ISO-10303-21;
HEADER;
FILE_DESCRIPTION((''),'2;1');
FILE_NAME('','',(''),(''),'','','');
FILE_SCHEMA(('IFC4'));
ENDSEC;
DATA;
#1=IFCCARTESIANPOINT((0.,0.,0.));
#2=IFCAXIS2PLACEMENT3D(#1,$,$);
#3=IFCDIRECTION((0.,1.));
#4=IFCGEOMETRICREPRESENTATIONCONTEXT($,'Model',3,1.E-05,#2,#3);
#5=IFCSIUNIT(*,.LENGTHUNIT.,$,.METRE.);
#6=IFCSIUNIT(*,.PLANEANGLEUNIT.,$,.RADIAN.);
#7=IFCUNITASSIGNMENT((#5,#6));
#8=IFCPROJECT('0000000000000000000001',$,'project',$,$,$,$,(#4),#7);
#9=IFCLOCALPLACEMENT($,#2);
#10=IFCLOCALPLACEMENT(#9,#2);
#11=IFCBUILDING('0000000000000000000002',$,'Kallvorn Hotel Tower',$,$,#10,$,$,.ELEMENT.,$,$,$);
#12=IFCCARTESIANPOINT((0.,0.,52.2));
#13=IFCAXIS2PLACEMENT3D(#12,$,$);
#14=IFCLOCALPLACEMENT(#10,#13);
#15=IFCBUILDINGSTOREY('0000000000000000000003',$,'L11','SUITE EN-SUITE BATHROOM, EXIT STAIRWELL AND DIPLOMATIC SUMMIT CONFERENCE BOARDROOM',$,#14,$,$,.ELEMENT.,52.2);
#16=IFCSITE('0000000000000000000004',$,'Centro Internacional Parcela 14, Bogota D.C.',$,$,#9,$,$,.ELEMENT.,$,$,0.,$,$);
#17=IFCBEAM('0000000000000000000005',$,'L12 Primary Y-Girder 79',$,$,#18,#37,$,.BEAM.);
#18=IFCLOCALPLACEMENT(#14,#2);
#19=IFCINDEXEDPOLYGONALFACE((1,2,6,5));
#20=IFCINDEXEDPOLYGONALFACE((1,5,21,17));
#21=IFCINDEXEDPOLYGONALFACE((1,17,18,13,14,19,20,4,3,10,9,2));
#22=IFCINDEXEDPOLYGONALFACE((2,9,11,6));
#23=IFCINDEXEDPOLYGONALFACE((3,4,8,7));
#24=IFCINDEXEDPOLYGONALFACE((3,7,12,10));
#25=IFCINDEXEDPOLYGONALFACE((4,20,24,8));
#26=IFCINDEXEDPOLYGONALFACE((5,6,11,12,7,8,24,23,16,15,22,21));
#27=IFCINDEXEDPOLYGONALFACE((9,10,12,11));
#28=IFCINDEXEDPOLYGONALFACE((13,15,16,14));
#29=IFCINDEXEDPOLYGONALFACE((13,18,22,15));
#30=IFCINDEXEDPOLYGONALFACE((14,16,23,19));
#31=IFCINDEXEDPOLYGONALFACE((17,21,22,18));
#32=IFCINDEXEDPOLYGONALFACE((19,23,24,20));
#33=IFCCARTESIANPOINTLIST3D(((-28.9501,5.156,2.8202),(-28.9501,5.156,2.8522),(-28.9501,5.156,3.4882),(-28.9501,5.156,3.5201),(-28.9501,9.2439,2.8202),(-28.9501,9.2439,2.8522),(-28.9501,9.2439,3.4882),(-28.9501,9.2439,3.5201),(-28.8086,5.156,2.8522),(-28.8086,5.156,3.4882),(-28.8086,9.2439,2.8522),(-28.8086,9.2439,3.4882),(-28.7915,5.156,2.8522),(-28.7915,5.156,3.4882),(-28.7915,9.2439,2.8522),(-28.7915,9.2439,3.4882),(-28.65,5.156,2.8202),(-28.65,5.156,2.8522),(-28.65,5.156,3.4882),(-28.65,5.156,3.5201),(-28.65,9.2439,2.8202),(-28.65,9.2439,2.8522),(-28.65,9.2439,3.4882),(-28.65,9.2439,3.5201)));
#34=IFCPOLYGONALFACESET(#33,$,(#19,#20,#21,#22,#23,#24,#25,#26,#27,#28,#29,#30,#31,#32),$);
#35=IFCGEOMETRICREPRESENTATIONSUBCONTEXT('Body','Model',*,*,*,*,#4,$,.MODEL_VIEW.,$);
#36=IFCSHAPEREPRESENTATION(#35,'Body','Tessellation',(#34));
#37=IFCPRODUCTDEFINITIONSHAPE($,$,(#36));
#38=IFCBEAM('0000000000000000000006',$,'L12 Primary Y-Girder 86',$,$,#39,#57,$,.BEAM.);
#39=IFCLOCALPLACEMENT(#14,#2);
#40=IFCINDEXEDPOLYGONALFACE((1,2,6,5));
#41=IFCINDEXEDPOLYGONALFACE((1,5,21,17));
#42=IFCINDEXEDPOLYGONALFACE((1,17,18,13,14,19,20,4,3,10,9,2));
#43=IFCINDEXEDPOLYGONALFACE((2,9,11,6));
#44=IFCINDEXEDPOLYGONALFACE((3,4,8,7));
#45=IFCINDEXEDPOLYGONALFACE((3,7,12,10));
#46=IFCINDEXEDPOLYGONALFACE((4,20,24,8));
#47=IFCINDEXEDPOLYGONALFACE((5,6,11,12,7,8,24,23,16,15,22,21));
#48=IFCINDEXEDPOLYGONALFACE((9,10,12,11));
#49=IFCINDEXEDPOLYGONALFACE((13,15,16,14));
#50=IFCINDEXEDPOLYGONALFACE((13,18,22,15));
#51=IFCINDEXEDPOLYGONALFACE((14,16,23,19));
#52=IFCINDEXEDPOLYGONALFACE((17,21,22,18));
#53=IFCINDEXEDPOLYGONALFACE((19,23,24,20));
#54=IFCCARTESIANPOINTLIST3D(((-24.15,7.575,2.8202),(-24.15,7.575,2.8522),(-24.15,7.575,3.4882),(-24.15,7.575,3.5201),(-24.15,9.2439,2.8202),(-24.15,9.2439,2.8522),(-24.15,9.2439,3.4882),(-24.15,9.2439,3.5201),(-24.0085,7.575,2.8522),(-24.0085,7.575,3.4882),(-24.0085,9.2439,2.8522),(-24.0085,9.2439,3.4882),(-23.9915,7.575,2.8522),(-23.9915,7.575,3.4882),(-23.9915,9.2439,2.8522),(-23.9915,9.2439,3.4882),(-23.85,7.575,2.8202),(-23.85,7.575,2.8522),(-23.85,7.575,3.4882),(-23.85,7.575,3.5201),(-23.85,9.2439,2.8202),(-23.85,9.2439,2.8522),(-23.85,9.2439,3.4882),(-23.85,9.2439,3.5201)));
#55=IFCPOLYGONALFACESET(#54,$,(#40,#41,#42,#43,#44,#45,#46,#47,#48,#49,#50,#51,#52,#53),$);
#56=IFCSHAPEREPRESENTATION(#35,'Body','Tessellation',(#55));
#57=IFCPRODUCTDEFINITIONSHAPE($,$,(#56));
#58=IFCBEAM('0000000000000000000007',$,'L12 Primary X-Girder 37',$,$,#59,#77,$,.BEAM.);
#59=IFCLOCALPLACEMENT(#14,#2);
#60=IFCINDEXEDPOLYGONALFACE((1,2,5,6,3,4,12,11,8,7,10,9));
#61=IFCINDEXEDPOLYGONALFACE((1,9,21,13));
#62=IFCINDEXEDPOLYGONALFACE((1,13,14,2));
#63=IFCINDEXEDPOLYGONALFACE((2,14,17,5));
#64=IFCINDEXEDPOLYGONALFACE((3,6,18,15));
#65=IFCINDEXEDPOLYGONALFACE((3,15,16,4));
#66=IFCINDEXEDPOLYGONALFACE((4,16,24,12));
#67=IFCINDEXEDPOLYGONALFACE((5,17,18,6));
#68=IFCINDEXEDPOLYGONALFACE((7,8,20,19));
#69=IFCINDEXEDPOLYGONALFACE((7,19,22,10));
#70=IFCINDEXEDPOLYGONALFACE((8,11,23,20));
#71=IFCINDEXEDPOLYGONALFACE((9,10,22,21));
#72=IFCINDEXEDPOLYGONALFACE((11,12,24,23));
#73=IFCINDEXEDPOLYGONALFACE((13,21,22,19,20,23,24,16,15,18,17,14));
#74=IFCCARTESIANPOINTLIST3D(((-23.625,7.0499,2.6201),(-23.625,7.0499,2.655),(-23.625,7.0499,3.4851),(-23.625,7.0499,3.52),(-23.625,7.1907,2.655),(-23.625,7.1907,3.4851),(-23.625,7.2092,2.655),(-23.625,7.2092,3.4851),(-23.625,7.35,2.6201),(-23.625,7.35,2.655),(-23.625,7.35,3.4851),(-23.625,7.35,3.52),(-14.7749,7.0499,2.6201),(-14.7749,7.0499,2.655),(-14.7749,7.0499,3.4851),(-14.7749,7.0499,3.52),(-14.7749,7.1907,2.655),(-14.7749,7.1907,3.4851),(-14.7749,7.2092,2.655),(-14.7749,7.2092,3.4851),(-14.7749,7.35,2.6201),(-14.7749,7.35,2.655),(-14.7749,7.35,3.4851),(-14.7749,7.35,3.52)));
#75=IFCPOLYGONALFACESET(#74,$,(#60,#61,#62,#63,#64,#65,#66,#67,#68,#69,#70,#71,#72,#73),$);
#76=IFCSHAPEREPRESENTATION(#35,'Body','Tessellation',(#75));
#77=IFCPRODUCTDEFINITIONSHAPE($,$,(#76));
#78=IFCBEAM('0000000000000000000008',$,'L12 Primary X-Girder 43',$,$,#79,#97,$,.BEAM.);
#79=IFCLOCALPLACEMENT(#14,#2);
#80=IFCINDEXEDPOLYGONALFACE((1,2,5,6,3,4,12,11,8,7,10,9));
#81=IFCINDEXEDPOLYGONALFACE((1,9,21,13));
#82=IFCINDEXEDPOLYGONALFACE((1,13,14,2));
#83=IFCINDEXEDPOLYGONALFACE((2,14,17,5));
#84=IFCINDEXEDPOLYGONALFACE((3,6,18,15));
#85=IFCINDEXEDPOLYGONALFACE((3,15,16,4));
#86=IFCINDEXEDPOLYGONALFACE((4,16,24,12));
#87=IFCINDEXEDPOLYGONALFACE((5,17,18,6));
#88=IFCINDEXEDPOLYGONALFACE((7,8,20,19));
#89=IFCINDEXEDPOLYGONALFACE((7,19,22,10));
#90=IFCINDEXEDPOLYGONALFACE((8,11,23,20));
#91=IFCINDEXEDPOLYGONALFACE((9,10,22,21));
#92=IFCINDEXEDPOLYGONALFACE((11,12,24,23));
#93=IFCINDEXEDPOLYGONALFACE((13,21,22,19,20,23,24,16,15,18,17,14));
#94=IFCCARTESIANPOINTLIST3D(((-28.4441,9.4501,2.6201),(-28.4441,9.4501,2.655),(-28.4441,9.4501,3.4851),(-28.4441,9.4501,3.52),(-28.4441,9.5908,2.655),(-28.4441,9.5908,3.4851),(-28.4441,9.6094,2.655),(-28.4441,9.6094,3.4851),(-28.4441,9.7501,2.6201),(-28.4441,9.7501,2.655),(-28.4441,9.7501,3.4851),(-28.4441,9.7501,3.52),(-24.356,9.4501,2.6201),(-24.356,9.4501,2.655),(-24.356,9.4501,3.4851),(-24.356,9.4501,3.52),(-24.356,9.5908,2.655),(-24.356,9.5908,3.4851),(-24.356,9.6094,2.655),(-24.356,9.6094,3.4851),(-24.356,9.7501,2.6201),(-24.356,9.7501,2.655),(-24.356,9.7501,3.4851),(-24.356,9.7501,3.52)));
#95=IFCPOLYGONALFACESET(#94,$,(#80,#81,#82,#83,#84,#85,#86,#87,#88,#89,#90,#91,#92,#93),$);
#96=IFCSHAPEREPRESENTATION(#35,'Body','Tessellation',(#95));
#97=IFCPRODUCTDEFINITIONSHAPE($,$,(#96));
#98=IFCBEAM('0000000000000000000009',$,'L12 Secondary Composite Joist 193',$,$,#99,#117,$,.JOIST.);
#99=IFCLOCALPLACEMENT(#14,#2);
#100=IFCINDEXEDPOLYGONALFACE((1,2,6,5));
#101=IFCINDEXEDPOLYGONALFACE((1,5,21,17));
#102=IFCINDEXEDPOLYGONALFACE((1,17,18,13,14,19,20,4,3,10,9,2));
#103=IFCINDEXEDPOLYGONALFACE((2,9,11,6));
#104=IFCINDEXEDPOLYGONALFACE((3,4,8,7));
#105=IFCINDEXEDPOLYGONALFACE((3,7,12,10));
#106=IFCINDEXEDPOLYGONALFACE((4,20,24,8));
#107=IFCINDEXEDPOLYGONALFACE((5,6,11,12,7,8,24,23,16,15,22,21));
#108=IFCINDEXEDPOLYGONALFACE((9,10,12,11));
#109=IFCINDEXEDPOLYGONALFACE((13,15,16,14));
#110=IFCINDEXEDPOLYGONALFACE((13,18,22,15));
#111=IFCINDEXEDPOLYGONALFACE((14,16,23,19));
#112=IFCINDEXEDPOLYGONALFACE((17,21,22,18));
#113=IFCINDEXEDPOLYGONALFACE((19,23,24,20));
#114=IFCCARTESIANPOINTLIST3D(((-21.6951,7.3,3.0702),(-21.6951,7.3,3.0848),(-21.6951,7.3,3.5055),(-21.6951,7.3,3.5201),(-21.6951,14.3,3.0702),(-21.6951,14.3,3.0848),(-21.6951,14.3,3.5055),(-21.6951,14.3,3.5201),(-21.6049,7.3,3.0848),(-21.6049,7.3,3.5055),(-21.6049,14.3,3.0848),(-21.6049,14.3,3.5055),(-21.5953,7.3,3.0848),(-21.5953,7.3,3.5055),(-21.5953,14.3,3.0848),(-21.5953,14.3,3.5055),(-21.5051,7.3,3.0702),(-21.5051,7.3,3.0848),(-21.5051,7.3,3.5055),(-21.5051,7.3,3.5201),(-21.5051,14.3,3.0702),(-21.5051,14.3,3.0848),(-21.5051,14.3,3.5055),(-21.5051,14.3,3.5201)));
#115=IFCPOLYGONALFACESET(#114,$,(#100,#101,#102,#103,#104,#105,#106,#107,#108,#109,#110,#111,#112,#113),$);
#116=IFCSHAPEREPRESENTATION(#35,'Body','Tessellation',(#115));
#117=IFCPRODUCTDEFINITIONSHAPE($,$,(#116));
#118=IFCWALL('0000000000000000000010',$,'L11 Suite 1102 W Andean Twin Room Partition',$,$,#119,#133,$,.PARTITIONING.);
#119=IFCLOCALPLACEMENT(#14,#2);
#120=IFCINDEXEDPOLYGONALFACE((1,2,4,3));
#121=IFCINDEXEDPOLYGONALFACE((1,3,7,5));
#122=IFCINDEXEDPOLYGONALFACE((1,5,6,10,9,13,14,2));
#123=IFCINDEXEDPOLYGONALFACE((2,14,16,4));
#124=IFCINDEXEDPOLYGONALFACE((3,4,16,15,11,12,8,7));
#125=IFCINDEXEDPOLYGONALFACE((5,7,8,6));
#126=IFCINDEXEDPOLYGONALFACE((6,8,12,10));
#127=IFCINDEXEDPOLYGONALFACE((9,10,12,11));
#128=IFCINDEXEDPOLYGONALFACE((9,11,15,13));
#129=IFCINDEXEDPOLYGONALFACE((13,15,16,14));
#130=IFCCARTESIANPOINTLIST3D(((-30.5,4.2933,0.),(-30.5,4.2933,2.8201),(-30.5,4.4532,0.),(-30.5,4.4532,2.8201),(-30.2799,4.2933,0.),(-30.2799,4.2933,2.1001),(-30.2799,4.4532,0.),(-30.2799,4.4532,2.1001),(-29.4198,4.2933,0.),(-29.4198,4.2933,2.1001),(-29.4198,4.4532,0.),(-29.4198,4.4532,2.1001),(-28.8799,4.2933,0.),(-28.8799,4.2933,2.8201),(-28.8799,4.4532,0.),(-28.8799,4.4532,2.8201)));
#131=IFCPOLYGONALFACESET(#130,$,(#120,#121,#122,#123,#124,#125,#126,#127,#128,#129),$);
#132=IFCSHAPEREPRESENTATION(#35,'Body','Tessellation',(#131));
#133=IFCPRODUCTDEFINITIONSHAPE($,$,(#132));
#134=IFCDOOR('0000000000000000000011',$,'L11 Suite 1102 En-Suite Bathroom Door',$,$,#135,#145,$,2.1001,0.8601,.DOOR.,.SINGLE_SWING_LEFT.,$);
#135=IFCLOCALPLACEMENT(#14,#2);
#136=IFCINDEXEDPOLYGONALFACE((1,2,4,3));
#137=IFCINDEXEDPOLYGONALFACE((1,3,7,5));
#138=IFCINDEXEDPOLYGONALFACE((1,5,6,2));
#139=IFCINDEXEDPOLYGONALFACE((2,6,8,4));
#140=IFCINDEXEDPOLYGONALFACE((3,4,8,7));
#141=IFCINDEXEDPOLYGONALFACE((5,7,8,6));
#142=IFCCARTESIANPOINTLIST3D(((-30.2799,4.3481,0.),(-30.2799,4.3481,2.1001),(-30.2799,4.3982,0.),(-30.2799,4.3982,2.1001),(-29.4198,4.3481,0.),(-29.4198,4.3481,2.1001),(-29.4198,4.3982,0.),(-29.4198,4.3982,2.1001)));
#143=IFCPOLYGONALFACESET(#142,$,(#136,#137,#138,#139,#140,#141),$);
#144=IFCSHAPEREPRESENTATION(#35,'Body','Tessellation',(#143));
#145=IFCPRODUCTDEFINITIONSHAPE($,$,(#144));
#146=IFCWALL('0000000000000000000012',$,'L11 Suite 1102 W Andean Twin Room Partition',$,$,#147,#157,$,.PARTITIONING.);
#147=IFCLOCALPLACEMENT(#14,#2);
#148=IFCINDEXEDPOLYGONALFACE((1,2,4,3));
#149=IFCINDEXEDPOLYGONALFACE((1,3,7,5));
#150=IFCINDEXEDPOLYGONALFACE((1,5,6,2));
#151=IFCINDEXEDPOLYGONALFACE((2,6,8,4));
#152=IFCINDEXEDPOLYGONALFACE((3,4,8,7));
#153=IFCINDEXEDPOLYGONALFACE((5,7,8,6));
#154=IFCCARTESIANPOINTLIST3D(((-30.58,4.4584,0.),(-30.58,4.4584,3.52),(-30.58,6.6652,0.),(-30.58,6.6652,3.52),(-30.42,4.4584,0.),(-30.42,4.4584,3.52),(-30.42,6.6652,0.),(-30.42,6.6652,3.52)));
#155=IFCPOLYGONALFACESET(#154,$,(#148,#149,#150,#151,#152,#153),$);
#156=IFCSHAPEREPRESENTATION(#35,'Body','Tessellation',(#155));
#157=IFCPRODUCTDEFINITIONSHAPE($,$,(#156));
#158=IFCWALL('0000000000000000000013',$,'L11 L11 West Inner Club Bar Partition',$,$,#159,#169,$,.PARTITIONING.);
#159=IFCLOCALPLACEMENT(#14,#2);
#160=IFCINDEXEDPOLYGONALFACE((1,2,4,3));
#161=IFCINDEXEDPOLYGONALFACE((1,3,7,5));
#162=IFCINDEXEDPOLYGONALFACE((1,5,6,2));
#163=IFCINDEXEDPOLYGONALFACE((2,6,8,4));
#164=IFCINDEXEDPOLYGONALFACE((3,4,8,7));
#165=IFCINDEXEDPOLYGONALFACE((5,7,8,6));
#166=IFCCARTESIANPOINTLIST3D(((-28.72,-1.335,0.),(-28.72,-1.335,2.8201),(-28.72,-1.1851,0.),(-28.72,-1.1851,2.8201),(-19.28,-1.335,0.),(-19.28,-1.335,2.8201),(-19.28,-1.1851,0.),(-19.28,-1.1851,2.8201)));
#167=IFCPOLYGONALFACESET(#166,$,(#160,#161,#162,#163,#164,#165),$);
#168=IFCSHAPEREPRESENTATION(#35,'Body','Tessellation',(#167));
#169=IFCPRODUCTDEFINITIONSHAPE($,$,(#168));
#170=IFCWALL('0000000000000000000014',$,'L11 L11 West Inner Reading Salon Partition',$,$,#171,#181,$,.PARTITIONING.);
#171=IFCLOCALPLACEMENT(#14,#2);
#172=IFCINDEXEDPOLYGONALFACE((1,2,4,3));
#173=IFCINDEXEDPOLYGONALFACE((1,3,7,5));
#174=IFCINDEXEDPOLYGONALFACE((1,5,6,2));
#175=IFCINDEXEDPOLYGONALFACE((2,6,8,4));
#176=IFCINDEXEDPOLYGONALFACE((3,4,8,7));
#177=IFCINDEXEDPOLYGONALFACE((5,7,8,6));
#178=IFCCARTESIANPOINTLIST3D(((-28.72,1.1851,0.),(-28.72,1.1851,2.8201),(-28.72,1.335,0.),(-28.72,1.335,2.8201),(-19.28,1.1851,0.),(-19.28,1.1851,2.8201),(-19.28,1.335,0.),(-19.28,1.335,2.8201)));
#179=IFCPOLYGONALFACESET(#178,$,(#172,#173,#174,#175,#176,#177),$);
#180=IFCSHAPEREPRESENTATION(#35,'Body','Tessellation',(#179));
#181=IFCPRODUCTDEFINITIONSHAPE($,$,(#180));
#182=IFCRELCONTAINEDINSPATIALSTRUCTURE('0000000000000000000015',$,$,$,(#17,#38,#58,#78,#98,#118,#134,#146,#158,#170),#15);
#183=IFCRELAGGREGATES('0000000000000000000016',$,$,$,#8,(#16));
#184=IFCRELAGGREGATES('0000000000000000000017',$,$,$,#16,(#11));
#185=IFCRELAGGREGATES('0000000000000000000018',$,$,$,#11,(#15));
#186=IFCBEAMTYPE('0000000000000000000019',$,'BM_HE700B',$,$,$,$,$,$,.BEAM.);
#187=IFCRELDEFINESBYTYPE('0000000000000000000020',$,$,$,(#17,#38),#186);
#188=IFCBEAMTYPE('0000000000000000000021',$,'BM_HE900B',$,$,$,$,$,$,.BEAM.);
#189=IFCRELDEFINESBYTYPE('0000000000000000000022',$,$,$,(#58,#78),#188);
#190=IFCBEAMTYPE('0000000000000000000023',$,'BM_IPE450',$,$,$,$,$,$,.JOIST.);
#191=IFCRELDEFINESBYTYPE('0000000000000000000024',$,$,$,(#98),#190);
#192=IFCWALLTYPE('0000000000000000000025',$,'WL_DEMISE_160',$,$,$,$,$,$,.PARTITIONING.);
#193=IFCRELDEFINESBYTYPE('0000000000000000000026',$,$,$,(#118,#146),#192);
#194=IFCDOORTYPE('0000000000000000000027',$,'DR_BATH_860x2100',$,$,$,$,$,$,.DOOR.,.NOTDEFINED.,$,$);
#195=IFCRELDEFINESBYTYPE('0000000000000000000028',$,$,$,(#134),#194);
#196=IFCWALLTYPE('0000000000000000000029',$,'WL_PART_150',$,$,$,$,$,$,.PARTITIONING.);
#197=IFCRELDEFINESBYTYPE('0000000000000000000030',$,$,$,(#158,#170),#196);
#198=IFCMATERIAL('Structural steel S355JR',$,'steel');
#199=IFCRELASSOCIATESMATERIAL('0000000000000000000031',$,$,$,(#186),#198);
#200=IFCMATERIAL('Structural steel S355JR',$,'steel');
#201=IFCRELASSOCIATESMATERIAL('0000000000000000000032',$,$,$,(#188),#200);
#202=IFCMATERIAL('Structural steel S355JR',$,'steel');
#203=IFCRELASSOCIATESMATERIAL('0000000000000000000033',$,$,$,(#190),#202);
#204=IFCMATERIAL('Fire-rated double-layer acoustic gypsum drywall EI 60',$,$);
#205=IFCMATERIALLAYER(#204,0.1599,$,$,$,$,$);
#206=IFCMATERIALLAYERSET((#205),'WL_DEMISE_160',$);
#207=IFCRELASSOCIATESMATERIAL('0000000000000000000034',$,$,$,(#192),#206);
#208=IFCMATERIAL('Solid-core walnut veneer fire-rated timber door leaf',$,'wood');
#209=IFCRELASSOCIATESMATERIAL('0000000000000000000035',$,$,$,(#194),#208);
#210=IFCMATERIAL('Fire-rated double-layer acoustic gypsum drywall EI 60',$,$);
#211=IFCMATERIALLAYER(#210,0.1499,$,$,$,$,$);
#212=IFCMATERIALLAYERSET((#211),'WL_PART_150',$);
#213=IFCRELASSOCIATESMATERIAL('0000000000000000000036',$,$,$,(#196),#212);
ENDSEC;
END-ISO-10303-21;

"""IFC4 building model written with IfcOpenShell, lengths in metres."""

from ifc_helpers import new_model, si_unit, direction, frame, frame_2d, origin, origin_2d, place, context, subcontext, project, spatial, rectangle, i_section, extrude, material, layer, layer_set, material_profile, profile_set, type_object, element, fill, save


model = new_model("IFC4")

# Units and contexts
model_context = context("Model", 3, precision=1e-05, world=origin(), true_north=direction((0.0, 1.0)))
body_context = subcontext(model_context, "Body", "Model", "MODEL_VIEW")
ifc_project = project(units=[si_unit("LENGTHUNIT", "METRE"), si_unit("PLANEANGLEUNIT", "RADIAN")], contexts=[model_context])

# Site, building, storey
site_placement = place(None, origin())
site = spatial("IfcSite", under=ifc_project, at=site_placement, Name="Centro Internacional Parcela 14, Bogota D.C.", CompositionType="ELEMENT", RefElevation=0.0)
building_placement = place(site_placement, origin())
building = spatial("IfcBuilding", under=site, at=building_placement, Name="Kallvorn Hotel Tower", CompositionType="ELEMENT")
storey_placement = place(building_placement, frame((0.0, 0.0, 52.2)))
storey = spatial("IfcBuildingStorey", under=building, at=storey_placement, Name="L11", Description="SUITE EN-SUITE BATHROOM, EXIT STAIRWELL AND DIPLOMATIC SUMMIT CONFERENCE BOARDROOM", CompositionType="ELEMENT", Elevation=52.2)

# Beams
ifc_material_1 = material(Name="Structural steel S355JR", Category="steel")
ifc_material_profile_1 = material_profile(ifc_material_1, i_section(OverallWidth=0.3, OverallDepth=0.7, WebThickness=0.0171, FlangeThickness=0.032, at=origin_2d()), Name="HE 700 B")
ifc_profile_set_1 = profile_set([ifc_material_profile_1], Name="Structural steel S355JR")
beam_type_1 = type_object("IfcBeamType", Name="BM_HE700B", PredefinedType="BEAM", material=ifc_profile_set_1)
beam_1_placement = place(storey_placement, frame((-28.8, 5.156, 3.1702), z_axis=(0.0, 1.0, 0.0), x_axis=(-1.0, 0.0, 0.0)))
element("IfcBeam", 1, at=beam_1_placement, inside=storey, type_object=beam_type_1, Name="L12 Primary Y-Girder 79", PredefinedType="BEAM", context=body_context, shape_type="SweptSolid", body=[
    extrude(i_section(OverallWidth=0.3, OverallDepth=0.7, WebThickness=0.0171, FlangeThickness=0.032, at=origin_2d()), origin(), (0.0, 0.0, 1.0), 4.0879),
])
beam_2_placement = place(storey_placement, frame((-24.0, 7.575, 3.1702), z_axis=(0.0, 1.0, 0.0), x_axis=(-1.0, 0.0, 0.0)))
element("IfcBeam", 2, at=beam_2_placement, inside=storey, type_object=beam_type_1, Name="L12 Primary Y-Girder 86", PredefinedType="BEAM", context=body_context, shape_type="SweptSolid", body=[
    extrude(i_section(OverallWidth=0.3, OverallDepth=0.7, WebThickness=0.0171, FlangeThickness=0.032, at=origin_2d()), origin(), (0.0, 0.0, 1.0), 1.6689),
])
ifc_material_2 = material(Name="Structural steel S355JR", Category="steel")
ifc_material_profile_2 = material_profile(ifc_material_2, i_section(OverallWidth=0.3, OverallDepth=0.8999, WebThickness=0.0186, FlangeThickness=0.0349, at=origin_2d()), Name="HE 900 B")
ifc_profile_set_2 = profile_set([ifc_material_profile_2], Name="Structural steel S355JR")
beam_type_2 = type_object("IfcBeamType", Name="BM_HE900B", PredefinedType="BEAM", material=ifc_profile_set_2)
beam_3_placement = place(storey_placement, frame((-23.625, 7.2, 3.0701), z_axis=(1.0, 0.0, 0.0), x_axis=(0.0, 1.0, 0.0)))
element("IfcBeam", 3, at=beam_3_placement, inside=storey, type_object=beam_type_2, Name="L12 Primary X-Girder 37", PredefinedType="BEAM", context=body_context, shape_type="SweptSolid", body=[
    extrude(i_section(OverallWidth=0.3, OverallDepth=0.8999, WebThickness=0.0186, FlangeThickness=0.0349, at=origin_2d()), origin(), (0.0, 0.0, 1.0), 8.8501),
])
beam_4_placement = place(storey_placement, frame((-28.4441, 9.6001, 3.0701), z_axis=(1.0, 0.0, 0.0), x_axis=(0.0, 1.0, 0.0)))
element("IfcBeam", 4, at=beam_4_placement, inside=storey, type_object=beam_type_2, Name="L12 Primary X-Girder 43", PredefinedType="BEAM", context=body_context, shape_type="SweptSolid", body=[
    extrude(i_section(OverallWidth=0.3, OverallDepth=0.8999, WebThickness=0.0186, FlangeThickness=0.0349, at=origin_2d()), origin(), (0.0, 0.0, 1.0), 4.0881),
])
ifc_material_3 = material(Name="Structural steel S355JR", Category="steel")
ifc_material_profile_3 = material_profile(ifc_material_3, i_section(OverallWidth=0.1899, OverallDepth=0.45, WebThickness=0.0095, FlangeThickness=0.0146, at=origin_2d()), Name="IPE 450")
ifc_profile_set_3 = profile_set([ifc_material_profile_3], Name="Structural steel S355JR")
beam_type_3 = type_object("IfcBeamType", Name="BM_IPE450", PredefinedType="JOIST", material=ifc_profile_set_3)
beam_5_placement = place(storey_placement, frame((-21.6001, 7.3, 3.2952), z_axis=(0.0, 1.0, 0.0), x_axis=(-1.0, 0.0, 0.0)))
element("IfcBeam", 5, at=beam_5_placement, inside=storey, type_object=beam_type_3, Name="L12 Secondary Composite Joist 193", PredefinedType="JOIST", context=body_context, shape_type="SweptSolid", body=[
    extrude(i_section(OverallWidth=0.1899, OverallDepth=0.45, WebThickness=0.0095, FlangeThickness=0.0146, at=origin_2d()), origin(), (0.0, 0.0, 1.0), 7.0),
])

# Wall, opening, door
ifc_material_4 = material(Name="Fire-rated double-layer acoustic gypsum drywall EI 60")
ifc_layer_1 = layer(ifc_material_4, 0.1599)
ifc_layer_set_1 = layer_set([ifc_layer_1], Name="WL_DEMISE_160")
wall_type_1 = type_object("IfcWallType", Name="WL_DEMISE_160", PredefinedType="PARTITIONING", material=ifc_layer_set_1)
wall_1_placement = place(storey_placement, frame((-30.5, 4.3733, 0.0), z_axis=(0.0, 0.0, 1.0), x_axis=(1.0, 0.0, 0.0)))
wall_1 = element("IfcWall", 6, at=wall_1_placement, inside=storey, type_object=wall_type_1, Name="L11 Suite 1102 W Andean Twin Room Partition", PredefinedType="PARTITIONING", context=body_context, shape_type="SweptSolid", body=[
    extrude(rectangle(XDim=1.6201, YDim=0.1599, at=frame_2d((0.8101, 0.0))), origin(), (0.0, 0.0, 1.0), 2.8201),
])
opening_placement = place(wall_1_placement, frame((0.22, 0.0, 0.0)))
opening = element("IfcOpeningElement", 7, at=opening_placement, cuts=wall_1, PredefinedType="OPENING", context=body_context, shape_type="SweptSolid", body=[
    extrude(rectangle(XDim=0.8601, YDim=2.1001, at=frame_2d((0.4302, 1.05))), frame((0.0, 0.095, 0.0), z_axis=(0.0, -1.0, 0.0), x_axis=(1.0, 0.0, 0.0)), (0.0, 0.0, 1.0), 0.1899),
])
ifc_material_5 = material(Name="Solid-core walnut veneer fire-rated timber door leaf", Category="wood")
door_type = type_object("IfcDoorType", Name="DR_BATH_860x2100", OperationType="NOTDEFINED", PredefinedType="DOOR", material=ifc_material_5)
door_placement = place(opening_placement, origin())
door = element("IfcDoor", 8, at=door_placement, inside=storey, type_object=door_type, Name="L11 Suite 1102 En-Suite Bathroom Door", OperationType="SINGLE_SWING_LEFT", OverallHeight=2.1001, OverallWidth=0.8601, PredefinedType="DOOR", context=body_context, shape_type="SweptSolid", body=[
    extrude(rectangle(XDim=0.8601, YDim=2.1001, at=frame_2d((0.4302, 1.05))), frame((0.0, 0.0249, 0.0), z_axis=(0.0, -1.0, 0.0), x_axis=(1.0, 0.0, 0.0)), (0.0, 0.0, 1.0), 0.05),
])
fill(opening, door)

# Walls
wall_2_placement = place(storey_placement, frame((-30.5, 4.4583, 0.0), z_axis=(0.0, 0.0, 1.0), x_axis=(0.0, 1.0, 0.0)))
element("IfcWall", 9, at=wall_2_placement, inside=storey, type_object=wall_type_1, Name="L11 Suite 1102 W Andean Twin Room Partition", PredefinedType="PARTITIONING", context=body_context, shape_type="SweptSolid", body=[
    extrude(rectangle(XDim=2.2068, YDim=0.1599, at=frame_2d((1.1035, 0.0))), origin(), (0.0, 0.0, 1.0), 3.52),
])
ifc_material_6 = material(Name="Fire-rated double-layer acoustic gypsum drywall EI 60")
ifc_layer_2 = layer(ifc_material_6, 0.1499)
ifc_layer_set_2 = layer_set([ifc_layer_2], Name="WL_PART_150")
wall_type_2 = type_object("IfcWallType", Name="WL_PART_150", PredefinedType="PARTITIONING", material=ifc_layer_set_2)
for number, where, z_axis, x_axis, name in (
    (10, (-28.72, -1.26, 0.0), (0.0, 0.0, 1.0), (1.0, 0.0, 0.0), "L11 L11 West Inner Club Bar Partition"),
    (11, (-28.72, 1.26, 0.0), (0.0, 0.0, 1.0), (1.0, 0.0, 0.0), "L11 L11 West Inner Reading Salon Partition"),
):
    element("IfcWall", number, at=place(storey_placement, frame(where, z_axis=z_axis, x_axis=x_axis)), inside=storey, type_object=wall_type_2, Name=name, PredefinedType="PARTITIONING", context=body_context, shape_type="SweptSolid", body=[
        extrude(rectangle(XDim=9.4399, YDim=0.1499, at=frame_2d((4.72, 0.0))), origin(), (0.0, 0.0, 1.0), 2.8201),
    ])

save(model, "model.ifc")
